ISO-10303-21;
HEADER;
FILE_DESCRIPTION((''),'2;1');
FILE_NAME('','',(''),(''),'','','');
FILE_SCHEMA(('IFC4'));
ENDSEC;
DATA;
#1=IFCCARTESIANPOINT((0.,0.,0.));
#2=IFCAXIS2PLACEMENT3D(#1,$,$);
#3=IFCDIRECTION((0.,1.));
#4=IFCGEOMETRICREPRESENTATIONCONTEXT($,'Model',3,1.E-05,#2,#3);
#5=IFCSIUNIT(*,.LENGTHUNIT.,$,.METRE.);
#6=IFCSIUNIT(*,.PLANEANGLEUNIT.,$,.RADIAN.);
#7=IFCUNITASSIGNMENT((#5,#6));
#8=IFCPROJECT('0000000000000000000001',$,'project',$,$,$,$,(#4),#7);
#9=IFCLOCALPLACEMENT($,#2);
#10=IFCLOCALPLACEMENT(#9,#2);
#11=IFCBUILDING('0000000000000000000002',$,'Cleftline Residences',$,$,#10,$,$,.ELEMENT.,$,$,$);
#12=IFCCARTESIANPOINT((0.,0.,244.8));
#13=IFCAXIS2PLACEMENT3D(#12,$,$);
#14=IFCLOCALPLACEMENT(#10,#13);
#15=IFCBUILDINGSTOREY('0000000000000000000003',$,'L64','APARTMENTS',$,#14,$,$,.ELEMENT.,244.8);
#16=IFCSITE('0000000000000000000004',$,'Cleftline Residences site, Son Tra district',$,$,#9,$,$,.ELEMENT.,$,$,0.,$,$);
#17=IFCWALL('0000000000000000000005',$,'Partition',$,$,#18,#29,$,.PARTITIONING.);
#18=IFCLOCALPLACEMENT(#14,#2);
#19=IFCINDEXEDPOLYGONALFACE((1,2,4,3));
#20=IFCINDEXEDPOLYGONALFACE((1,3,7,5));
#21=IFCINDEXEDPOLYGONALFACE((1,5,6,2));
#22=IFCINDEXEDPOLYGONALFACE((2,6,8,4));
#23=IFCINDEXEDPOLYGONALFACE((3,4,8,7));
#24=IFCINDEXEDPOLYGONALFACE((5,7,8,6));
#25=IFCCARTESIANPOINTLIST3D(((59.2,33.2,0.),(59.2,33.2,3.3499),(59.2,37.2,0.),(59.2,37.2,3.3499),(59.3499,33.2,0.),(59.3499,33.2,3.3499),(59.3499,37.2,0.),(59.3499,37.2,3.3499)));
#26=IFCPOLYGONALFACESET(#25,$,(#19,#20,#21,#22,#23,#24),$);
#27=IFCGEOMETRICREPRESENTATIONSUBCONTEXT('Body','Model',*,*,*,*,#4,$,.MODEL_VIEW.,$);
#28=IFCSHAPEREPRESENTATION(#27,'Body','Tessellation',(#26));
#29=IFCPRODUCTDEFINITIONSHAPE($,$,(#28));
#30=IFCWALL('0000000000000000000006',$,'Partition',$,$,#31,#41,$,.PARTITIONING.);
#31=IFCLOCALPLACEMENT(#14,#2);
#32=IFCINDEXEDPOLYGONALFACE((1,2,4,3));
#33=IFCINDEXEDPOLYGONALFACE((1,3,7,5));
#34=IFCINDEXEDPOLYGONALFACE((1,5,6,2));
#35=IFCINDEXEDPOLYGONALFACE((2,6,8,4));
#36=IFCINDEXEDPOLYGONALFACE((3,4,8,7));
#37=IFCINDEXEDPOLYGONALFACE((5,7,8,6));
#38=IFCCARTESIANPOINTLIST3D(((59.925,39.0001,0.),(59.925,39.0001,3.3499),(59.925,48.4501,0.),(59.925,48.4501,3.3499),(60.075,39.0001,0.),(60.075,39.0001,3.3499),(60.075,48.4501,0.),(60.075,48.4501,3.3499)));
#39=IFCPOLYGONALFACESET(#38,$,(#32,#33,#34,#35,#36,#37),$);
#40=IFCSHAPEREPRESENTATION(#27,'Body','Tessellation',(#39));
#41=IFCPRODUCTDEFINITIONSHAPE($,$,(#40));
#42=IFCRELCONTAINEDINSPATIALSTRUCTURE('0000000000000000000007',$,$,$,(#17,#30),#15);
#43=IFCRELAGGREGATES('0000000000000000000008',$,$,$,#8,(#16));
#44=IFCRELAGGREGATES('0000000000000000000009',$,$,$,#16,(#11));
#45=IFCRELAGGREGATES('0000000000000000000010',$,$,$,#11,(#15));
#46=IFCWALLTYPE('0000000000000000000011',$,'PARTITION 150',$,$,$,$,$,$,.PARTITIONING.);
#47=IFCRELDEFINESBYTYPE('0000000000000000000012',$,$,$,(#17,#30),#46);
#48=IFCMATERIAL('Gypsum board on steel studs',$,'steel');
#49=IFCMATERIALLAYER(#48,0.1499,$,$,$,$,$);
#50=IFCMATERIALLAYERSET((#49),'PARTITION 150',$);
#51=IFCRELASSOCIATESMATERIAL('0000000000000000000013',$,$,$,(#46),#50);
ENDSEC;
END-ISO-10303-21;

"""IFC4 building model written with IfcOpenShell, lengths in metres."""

from ifc_helpers import new_model, si_unit, direction, frame, frame_2d, origin, place, context, subcontext, project, spatial, rectangle, extrude, material, layer, layer_set, type_object, element, save


model = new_model("IFC4")

# Units and contexts
model_context = context("Model", 3, precision=1e-05, world=origin(), true_north=direction((0.0, 1.0)))
body_context = subcontext(model_context, "Body", "Model", "MODEL_VIEW")
ifc_project = project(units=[si_unit("LENGTHUNIT", "METRE"), si_unit("PLANEANGLEUNIT", "RADIAN")], contexts=[model_context])

# Site, building, storey
site_placement = place(None, origin())
site = spatial("IfcSite", under=ifc_project, at=site_placement, Name="Cleftline Residences site, Son Tra district", CompositionType="ELEMENT", RefElevation=0.0)
building_placement = place(site_placement, origin())
building = spatial("IfcBuilding", under=site, at=building_placement, Name="Cleftline Residences", CompositionType="ELEMENT")
storey_placement = place(building_placement, frame((0.0, 0.0, 244.8)))
storey = spatial("IfcBuildingStorey", under=building, at=storey_placement, Name="L64", Description="APARTMENTS", CompositionType="ELEMENT", Elevation=244.8)

# Shared definitions
ifc_material_1 = material(Name="Gypsum board on steel studs", Category="steel")
ifc_layer_1 = layer(ifc_material_1, 0.1499)
ifc_layer_set_1 = layer_set([ifc_layer_1], Name="PARTITION 150")
wall_type_1 = type_object("IfcWallType", Name="PARTITION 150", PredefinedType="PARTITIONING", material=ifc_layer_set_1)

# Walls
wall_1_placement = place(storey_placement, frame((59.2749, 33.2, 0.0), z_axis=(0.0, 0.0, 1.0), x_axis=(0.0, 1.0, 0.0)))
element("IfcWall", 1, at=wall_1_placement, inside=storey, type_object=wall_type_1, Name="Partition", PredefinedType="PARTITIONING", context=body_context, shape_type="SweptSolid", body=[
    extrude(rectangle(XDim=4.0, YDim=0.1499, at=frame_2d((2.0, 0.0))), origin(), (0.0, 0.0, 1.0), 3.3499),
])
wall_2_placement = place(storey_placement, frame((60.0, 39.0, 0.0), z_axis=(0.0, 0.0, 1.0), x_axis=(0.0, 1.0, 0.0)))
element("IfcWall", 2, at=wall_2_placement, inside=storey, type_object=wall_type_1, Name="Partition", PredefinedType="PARTITIONING", context=body_context, shape_type="SweptSolid", body=[
    extrude(rectangle(XDim=9.45, YDim=0.1499, at=frame_2d((4.7251, 0.0))), origin(), (0.0, 0.0, 1.0), 3.3499),
])

save(model, "model.ifc")
